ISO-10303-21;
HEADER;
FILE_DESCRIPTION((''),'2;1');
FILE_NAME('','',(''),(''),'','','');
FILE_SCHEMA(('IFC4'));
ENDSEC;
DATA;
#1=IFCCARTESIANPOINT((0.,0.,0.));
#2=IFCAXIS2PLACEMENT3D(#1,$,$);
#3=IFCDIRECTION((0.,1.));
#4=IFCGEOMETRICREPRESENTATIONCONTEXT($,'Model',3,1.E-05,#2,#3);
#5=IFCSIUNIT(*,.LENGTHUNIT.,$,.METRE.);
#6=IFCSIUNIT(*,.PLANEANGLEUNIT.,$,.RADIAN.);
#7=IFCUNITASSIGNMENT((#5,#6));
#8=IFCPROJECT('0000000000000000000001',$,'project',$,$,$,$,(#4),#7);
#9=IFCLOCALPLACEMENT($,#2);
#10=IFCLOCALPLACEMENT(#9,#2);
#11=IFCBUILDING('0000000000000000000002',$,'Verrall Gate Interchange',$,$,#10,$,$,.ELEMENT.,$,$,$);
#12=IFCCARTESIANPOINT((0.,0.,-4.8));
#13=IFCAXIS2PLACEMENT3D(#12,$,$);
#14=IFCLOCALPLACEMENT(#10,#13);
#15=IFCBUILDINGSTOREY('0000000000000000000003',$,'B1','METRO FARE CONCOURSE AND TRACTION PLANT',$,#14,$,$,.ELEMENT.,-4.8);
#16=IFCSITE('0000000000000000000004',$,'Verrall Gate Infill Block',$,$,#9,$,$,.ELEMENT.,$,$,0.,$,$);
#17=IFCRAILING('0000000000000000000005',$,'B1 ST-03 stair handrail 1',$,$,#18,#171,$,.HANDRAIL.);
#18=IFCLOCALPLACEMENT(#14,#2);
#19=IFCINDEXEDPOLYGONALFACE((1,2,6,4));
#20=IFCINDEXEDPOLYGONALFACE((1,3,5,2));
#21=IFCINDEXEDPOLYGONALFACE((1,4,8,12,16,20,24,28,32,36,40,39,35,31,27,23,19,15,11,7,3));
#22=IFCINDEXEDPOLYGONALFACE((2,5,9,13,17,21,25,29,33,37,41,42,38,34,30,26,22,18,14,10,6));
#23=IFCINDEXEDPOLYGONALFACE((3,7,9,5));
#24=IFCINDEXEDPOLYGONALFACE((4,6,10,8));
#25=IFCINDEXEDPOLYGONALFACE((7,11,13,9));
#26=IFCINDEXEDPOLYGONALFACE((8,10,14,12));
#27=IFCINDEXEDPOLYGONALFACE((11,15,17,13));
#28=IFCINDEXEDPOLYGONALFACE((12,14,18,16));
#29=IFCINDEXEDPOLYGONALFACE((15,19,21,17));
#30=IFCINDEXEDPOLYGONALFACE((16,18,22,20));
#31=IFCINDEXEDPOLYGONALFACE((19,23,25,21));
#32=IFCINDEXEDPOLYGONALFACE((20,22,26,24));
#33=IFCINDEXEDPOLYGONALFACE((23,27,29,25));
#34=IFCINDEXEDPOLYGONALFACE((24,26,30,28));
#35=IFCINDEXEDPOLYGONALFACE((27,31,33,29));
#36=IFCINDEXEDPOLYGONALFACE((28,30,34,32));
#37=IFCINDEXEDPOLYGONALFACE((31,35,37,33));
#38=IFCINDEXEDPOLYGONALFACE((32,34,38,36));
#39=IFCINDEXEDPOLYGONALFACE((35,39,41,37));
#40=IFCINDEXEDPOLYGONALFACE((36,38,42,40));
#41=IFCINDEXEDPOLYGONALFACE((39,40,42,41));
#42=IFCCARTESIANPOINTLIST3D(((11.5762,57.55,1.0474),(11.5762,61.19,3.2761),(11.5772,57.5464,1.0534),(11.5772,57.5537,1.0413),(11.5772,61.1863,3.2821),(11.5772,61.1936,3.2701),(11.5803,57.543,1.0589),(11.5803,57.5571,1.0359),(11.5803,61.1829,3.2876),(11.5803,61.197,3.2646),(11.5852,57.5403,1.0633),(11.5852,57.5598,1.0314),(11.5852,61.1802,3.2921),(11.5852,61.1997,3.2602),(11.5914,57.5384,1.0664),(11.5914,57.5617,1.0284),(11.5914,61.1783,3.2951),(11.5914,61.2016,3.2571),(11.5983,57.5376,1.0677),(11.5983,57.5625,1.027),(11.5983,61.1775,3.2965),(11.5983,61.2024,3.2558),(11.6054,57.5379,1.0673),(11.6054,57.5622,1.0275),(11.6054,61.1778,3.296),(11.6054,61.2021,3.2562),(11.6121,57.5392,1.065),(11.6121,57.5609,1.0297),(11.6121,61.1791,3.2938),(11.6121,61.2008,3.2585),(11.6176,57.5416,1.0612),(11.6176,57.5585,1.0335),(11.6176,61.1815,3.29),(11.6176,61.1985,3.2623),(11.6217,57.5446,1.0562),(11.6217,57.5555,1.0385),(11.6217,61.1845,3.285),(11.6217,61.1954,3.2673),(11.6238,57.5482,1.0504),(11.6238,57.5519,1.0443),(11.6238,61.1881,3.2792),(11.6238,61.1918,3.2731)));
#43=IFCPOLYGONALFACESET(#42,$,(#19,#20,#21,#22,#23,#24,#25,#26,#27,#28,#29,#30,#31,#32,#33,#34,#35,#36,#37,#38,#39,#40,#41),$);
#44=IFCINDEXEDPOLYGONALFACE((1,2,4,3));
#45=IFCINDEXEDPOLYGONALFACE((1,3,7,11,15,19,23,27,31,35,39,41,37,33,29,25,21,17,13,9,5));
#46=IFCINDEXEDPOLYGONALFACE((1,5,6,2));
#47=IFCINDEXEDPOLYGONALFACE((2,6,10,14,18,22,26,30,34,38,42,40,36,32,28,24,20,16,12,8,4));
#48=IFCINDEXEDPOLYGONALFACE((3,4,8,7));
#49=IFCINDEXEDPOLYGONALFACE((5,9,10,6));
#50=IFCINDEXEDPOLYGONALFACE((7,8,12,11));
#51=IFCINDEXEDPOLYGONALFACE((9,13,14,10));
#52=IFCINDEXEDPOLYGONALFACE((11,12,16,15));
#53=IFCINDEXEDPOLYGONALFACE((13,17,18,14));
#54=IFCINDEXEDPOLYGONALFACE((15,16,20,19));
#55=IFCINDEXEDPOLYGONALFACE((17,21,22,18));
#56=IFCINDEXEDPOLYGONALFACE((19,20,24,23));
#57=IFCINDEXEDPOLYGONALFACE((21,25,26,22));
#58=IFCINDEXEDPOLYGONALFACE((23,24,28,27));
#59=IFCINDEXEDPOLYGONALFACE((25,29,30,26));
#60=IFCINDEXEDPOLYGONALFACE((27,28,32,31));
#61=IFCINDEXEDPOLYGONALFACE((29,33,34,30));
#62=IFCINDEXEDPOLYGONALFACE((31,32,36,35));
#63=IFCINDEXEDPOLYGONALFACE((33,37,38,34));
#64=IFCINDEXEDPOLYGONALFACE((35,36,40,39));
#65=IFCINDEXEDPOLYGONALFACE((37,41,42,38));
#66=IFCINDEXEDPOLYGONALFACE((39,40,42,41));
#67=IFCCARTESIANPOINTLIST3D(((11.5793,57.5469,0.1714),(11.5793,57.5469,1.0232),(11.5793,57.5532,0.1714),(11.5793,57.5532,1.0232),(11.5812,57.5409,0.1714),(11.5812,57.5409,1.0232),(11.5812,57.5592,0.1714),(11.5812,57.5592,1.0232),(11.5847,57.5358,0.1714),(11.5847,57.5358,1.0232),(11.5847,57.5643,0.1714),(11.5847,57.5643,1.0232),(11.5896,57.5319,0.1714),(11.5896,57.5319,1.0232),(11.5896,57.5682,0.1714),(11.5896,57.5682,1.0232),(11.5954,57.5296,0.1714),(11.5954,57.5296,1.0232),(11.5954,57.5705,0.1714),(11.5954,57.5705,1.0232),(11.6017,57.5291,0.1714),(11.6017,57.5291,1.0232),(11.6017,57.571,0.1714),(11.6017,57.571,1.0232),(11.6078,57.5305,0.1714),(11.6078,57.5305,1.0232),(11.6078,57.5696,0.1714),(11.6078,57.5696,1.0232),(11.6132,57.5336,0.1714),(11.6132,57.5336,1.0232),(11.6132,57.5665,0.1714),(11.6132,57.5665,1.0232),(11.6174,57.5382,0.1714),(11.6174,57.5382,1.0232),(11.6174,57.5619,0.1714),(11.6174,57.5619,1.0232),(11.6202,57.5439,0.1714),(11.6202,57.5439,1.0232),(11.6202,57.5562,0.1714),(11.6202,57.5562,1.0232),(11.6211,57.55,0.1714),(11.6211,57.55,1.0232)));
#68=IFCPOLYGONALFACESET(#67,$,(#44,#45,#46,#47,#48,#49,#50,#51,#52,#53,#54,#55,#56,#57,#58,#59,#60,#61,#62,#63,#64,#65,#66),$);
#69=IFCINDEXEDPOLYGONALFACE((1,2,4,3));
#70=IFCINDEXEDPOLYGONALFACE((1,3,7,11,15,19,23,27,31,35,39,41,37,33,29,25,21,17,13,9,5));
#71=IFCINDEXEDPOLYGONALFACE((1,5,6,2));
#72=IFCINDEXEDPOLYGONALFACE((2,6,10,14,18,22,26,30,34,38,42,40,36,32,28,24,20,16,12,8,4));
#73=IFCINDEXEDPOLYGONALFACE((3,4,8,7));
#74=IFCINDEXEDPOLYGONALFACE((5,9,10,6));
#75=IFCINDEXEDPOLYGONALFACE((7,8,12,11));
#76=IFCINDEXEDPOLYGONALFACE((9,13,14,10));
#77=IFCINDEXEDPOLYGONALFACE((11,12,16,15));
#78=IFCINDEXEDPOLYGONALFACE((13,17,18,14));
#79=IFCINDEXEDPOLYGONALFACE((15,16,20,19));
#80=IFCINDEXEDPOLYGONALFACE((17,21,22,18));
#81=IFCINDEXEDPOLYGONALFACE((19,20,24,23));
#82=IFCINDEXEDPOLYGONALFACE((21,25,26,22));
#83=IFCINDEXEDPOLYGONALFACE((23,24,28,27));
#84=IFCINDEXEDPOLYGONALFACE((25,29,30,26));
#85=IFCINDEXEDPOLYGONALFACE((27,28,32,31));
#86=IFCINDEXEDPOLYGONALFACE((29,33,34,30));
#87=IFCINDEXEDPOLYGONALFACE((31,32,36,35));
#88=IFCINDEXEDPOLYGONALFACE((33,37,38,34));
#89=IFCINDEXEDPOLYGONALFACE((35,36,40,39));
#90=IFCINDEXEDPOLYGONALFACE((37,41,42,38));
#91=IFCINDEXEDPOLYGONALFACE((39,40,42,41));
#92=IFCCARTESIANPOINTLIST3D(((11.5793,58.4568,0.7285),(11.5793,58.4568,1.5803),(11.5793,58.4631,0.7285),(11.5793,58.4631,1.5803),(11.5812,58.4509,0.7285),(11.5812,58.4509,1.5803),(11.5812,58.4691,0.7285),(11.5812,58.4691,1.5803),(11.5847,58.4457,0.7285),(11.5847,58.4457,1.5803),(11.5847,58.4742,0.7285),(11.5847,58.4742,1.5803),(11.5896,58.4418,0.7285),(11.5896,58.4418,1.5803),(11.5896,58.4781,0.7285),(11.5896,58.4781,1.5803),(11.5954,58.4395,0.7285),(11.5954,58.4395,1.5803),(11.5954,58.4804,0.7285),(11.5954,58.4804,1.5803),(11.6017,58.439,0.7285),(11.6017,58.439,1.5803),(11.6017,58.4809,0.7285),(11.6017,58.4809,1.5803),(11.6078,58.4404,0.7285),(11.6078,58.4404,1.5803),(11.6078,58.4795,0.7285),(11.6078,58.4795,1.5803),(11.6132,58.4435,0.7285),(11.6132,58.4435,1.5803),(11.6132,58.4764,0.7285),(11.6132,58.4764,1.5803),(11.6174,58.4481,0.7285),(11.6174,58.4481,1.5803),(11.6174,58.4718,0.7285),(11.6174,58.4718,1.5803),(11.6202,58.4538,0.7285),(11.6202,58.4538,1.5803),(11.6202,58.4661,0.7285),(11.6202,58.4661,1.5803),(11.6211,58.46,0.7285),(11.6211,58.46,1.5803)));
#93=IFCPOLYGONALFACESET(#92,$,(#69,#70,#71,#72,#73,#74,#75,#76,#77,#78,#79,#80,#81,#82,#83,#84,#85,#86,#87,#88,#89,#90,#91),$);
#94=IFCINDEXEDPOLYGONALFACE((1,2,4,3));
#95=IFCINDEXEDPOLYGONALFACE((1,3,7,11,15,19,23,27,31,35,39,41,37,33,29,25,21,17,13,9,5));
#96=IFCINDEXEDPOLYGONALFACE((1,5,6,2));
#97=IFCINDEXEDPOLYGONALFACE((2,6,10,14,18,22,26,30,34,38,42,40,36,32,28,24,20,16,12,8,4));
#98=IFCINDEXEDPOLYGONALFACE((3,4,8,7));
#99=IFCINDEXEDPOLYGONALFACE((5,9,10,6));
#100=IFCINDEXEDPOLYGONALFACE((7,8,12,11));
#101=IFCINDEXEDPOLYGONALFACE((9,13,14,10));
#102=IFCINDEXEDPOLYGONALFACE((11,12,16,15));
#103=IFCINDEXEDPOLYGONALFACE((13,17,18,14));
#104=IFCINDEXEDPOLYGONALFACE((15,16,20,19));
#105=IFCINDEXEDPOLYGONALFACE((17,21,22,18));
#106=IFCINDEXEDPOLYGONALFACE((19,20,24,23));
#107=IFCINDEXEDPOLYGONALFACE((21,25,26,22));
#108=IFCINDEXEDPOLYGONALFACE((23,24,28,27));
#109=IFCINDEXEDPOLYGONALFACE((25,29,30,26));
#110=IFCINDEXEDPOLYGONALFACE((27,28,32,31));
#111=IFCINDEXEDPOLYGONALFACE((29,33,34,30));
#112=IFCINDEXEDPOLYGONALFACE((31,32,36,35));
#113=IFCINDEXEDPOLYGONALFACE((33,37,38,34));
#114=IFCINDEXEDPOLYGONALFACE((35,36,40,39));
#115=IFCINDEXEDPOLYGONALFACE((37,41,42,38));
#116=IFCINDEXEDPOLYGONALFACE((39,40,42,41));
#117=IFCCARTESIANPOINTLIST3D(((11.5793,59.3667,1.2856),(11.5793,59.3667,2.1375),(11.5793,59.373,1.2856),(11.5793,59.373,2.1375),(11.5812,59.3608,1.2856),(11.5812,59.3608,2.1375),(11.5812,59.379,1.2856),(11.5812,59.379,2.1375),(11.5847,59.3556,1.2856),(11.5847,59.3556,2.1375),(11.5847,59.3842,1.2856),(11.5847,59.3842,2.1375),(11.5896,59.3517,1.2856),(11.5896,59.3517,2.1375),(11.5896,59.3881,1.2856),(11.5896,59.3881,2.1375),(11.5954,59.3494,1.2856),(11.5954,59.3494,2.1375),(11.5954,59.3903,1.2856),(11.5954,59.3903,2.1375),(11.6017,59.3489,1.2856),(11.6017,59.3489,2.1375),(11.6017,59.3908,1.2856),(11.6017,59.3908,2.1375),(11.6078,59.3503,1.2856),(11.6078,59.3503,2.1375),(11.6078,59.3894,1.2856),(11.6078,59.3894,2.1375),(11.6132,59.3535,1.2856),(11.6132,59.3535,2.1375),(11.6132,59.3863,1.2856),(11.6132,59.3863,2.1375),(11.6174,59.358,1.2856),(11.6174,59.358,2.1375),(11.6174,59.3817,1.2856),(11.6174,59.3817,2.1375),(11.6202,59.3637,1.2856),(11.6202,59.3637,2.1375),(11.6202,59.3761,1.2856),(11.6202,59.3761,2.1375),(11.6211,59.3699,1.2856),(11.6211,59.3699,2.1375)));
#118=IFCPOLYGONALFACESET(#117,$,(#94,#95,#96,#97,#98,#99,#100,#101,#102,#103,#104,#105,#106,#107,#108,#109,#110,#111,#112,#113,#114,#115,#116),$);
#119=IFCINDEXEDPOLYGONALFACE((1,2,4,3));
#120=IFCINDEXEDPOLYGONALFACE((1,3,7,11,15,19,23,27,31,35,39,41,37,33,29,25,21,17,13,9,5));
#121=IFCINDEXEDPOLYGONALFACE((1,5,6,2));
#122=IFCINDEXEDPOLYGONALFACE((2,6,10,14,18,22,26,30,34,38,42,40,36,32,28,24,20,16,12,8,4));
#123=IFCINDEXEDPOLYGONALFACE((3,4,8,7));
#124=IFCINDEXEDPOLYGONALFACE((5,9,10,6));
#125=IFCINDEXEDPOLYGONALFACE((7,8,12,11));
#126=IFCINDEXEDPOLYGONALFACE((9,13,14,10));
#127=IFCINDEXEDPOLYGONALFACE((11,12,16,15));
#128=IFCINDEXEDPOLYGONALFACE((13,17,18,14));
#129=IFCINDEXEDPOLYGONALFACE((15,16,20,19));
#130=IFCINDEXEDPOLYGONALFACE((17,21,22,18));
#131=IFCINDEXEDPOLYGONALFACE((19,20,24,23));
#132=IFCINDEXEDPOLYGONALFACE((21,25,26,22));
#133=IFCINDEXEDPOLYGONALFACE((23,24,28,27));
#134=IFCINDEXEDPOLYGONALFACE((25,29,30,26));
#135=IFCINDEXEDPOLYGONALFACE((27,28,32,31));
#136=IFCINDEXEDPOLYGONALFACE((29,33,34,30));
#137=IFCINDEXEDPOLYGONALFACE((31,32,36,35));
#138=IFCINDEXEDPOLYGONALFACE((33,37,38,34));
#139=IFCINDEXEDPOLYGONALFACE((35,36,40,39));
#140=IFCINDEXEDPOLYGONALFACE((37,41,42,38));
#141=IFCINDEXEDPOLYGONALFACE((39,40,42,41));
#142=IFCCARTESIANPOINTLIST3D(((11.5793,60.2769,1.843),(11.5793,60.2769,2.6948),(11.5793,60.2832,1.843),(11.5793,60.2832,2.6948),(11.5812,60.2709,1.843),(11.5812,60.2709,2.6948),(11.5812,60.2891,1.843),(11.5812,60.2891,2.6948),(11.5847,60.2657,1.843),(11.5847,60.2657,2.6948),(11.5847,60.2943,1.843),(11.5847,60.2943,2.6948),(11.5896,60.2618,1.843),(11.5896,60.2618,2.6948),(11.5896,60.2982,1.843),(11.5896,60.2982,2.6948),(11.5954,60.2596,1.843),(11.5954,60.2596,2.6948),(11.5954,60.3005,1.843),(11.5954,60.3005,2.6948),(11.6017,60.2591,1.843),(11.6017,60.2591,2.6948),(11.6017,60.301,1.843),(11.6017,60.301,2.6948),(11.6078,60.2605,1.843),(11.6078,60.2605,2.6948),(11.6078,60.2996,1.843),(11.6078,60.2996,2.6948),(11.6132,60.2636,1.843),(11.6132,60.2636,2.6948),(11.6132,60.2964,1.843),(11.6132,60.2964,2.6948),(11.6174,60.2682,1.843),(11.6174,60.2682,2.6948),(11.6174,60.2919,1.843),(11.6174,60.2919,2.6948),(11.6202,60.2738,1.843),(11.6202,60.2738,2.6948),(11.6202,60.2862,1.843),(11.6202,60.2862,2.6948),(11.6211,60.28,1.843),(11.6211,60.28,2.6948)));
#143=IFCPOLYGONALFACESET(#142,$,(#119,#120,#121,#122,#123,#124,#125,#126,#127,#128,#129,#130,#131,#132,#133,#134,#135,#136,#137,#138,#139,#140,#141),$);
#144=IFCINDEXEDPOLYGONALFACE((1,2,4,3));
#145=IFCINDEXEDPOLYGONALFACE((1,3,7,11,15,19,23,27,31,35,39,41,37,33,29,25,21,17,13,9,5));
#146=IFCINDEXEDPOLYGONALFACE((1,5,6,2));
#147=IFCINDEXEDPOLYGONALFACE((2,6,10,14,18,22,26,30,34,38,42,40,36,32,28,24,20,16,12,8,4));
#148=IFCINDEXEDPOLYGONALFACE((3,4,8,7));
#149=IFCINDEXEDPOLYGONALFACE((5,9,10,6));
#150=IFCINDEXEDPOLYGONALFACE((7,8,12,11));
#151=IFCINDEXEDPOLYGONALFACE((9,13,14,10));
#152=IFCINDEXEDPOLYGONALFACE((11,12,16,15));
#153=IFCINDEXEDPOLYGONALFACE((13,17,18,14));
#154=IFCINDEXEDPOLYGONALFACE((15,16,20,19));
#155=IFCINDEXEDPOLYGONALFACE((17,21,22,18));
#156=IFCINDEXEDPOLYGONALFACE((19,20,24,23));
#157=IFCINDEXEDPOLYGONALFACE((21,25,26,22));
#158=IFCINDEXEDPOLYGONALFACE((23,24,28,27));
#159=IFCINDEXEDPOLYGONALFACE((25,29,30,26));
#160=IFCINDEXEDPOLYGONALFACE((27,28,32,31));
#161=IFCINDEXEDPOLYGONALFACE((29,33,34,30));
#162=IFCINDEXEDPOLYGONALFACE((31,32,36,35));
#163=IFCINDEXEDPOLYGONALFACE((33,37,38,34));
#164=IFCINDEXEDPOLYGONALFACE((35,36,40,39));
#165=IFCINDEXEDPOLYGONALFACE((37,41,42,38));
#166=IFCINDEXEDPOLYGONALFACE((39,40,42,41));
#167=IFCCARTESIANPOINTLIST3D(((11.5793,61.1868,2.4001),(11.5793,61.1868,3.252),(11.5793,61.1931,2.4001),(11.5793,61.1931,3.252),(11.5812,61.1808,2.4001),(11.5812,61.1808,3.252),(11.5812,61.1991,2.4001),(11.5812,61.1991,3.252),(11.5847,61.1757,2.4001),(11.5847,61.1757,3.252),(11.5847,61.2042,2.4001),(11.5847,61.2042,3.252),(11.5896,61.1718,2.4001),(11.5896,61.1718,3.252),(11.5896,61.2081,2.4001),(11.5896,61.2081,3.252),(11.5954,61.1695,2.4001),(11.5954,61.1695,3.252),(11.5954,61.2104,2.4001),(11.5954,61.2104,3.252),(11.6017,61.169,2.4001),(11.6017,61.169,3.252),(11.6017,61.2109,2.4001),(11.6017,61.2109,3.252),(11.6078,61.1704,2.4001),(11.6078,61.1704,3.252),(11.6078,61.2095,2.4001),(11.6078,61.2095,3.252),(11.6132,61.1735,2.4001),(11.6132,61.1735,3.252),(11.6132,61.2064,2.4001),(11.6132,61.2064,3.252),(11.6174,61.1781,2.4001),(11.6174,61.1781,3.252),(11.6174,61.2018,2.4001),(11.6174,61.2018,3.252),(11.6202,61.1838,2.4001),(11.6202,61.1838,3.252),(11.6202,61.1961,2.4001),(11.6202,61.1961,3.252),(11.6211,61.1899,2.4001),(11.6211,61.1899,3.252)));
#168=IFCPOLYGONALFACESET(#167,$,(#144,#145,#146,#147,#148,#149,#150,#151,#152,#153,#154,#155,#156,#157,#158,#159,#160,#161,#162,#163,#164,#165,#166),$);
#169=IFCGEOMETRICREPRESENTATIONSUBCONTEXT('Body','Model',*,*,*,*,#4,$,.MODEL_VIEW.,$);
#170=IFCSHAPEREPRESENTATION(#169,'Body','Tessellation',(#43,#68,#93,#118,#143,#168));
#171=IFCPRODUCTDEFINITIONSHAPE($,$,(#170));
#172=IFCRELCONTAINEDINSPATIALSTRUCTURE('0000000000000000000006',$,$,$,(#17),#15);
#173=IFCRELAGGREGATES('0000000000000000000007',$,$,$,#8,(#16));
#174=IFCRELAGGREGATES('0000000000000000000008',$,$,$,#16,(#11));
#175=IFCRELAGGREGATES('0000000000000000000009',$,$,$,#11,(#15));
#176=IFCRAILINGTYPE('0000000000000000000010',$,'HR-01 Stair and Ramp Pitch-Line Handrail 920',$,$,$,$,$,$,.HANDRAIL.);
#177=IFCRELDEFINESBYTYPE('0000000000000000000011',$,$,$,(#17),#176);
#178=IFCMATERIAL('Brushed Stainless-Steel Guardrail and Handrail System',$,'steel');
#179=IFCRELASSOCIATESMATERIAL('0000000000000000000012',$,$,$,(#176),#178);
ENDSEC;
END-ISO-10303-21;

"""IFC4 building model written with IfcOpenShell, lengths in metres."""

from ifc_helpers import new_model, si_unit, direction, frame, origin, origin_2d, place, context, subcontext, project, spatial, circle, extrude, material, type_object, element, save


model = new_model("IFC4")

# Units and contexts
model_context = context("Model", 3, precision=1e-05, world=origin(), true_north=direction((0.0, 1.0)))
body_context = subcontext(model_context, "Body", "Model", "MODEL_VIEW")
ifc_project = project(units=[si_unit("LENGTHUNIT", "METRE"), si_unit("PLANEANGLEUNIT", "RADIAN")], contexts=[model_context])

# Site, building, storey
site_placement = place(None, origin())
site = spatial("IfcSite", under=ifc_project, at=site_placement, Name="Verrall Gate Infill Block", CompositionType="ELEMENT", RefElevation=0.0)
building_placement = place(site_placement, origin())
building = spatial("IfcBuilding", under=site, at=building_placement, Name="Verrall Gate Interchange", CompositionType="ELEMENT")
storey_placement = place(building_placement, frame((0.0, 0.0, -4.8)))
storey = spatial("IfcBuildingStorey", under=building, at=storey_placement, Name="B1", Description="METRO FARE CONCOURSE AND TRACTION PLANT", CompositionType="ELEMENT", Elevation=-4.8)

# Railing
ifc_material_1 = material(Name="Brushed Stainless-Steel Guardrail and Handrail System", Category="steel")
railing_type_1 = type_object("IfcRailingType", Name="HR-01 Stair and Ramp Pitch-Line Handrail 920", PredefinedType="HANDRAIL", material=ifc_material_1)
railing_1_placement = place(storey_placement, frame((11.6001, 57.55, 0.1714)))
element("IfcRailing", 1, at=railing_1_placement, inside=storey, type_object=railing_type_1, Name="B1 ST-03 stair handrail 1", PredefinedType="HANDRAIL", context=body_context, shape_type="SweptSolid", body=[
    extrude(circle(Radius=0.0239, at=origin_2d()), frame((0.0, 0.0, 0.876), z_axis=(0.0, 0.852825, 0.522197), x_axis=(-1.0, 0.0, 0.0)), (0.0, 0.0, 1.0), 4.2681),
    extrude(circle(Radius=0.021, at=origin_2d()), origin(), (0.0, 0.0, 1.0), 0.8518),
    extrude(circle(Radius=0.021, at=origin_2d()), frame((0.0, 0.9099, 0.5571)), (0.0, 0.0, 1.0), 0.8518),
    extrude(circle(Radius=0.021, at=origin_2d()), frame((0.0, 1.8198, 1.1143)), (0.0, 0.0, 1.0), 0.8518),
    extrude(circle(Radius=0.021, at=origin_2d()), frame((0.0, 2.73, 1.6716)), (0.0, 0.0, 1.0), 0.8518),
    extrude(circle(Radius=0.021, at=origin_2d()), frame((0.0, 3.6399, 2.2288)), (0.0, 0.0, 1.0), 0.8518),
])

save(model, "model.ifc")
